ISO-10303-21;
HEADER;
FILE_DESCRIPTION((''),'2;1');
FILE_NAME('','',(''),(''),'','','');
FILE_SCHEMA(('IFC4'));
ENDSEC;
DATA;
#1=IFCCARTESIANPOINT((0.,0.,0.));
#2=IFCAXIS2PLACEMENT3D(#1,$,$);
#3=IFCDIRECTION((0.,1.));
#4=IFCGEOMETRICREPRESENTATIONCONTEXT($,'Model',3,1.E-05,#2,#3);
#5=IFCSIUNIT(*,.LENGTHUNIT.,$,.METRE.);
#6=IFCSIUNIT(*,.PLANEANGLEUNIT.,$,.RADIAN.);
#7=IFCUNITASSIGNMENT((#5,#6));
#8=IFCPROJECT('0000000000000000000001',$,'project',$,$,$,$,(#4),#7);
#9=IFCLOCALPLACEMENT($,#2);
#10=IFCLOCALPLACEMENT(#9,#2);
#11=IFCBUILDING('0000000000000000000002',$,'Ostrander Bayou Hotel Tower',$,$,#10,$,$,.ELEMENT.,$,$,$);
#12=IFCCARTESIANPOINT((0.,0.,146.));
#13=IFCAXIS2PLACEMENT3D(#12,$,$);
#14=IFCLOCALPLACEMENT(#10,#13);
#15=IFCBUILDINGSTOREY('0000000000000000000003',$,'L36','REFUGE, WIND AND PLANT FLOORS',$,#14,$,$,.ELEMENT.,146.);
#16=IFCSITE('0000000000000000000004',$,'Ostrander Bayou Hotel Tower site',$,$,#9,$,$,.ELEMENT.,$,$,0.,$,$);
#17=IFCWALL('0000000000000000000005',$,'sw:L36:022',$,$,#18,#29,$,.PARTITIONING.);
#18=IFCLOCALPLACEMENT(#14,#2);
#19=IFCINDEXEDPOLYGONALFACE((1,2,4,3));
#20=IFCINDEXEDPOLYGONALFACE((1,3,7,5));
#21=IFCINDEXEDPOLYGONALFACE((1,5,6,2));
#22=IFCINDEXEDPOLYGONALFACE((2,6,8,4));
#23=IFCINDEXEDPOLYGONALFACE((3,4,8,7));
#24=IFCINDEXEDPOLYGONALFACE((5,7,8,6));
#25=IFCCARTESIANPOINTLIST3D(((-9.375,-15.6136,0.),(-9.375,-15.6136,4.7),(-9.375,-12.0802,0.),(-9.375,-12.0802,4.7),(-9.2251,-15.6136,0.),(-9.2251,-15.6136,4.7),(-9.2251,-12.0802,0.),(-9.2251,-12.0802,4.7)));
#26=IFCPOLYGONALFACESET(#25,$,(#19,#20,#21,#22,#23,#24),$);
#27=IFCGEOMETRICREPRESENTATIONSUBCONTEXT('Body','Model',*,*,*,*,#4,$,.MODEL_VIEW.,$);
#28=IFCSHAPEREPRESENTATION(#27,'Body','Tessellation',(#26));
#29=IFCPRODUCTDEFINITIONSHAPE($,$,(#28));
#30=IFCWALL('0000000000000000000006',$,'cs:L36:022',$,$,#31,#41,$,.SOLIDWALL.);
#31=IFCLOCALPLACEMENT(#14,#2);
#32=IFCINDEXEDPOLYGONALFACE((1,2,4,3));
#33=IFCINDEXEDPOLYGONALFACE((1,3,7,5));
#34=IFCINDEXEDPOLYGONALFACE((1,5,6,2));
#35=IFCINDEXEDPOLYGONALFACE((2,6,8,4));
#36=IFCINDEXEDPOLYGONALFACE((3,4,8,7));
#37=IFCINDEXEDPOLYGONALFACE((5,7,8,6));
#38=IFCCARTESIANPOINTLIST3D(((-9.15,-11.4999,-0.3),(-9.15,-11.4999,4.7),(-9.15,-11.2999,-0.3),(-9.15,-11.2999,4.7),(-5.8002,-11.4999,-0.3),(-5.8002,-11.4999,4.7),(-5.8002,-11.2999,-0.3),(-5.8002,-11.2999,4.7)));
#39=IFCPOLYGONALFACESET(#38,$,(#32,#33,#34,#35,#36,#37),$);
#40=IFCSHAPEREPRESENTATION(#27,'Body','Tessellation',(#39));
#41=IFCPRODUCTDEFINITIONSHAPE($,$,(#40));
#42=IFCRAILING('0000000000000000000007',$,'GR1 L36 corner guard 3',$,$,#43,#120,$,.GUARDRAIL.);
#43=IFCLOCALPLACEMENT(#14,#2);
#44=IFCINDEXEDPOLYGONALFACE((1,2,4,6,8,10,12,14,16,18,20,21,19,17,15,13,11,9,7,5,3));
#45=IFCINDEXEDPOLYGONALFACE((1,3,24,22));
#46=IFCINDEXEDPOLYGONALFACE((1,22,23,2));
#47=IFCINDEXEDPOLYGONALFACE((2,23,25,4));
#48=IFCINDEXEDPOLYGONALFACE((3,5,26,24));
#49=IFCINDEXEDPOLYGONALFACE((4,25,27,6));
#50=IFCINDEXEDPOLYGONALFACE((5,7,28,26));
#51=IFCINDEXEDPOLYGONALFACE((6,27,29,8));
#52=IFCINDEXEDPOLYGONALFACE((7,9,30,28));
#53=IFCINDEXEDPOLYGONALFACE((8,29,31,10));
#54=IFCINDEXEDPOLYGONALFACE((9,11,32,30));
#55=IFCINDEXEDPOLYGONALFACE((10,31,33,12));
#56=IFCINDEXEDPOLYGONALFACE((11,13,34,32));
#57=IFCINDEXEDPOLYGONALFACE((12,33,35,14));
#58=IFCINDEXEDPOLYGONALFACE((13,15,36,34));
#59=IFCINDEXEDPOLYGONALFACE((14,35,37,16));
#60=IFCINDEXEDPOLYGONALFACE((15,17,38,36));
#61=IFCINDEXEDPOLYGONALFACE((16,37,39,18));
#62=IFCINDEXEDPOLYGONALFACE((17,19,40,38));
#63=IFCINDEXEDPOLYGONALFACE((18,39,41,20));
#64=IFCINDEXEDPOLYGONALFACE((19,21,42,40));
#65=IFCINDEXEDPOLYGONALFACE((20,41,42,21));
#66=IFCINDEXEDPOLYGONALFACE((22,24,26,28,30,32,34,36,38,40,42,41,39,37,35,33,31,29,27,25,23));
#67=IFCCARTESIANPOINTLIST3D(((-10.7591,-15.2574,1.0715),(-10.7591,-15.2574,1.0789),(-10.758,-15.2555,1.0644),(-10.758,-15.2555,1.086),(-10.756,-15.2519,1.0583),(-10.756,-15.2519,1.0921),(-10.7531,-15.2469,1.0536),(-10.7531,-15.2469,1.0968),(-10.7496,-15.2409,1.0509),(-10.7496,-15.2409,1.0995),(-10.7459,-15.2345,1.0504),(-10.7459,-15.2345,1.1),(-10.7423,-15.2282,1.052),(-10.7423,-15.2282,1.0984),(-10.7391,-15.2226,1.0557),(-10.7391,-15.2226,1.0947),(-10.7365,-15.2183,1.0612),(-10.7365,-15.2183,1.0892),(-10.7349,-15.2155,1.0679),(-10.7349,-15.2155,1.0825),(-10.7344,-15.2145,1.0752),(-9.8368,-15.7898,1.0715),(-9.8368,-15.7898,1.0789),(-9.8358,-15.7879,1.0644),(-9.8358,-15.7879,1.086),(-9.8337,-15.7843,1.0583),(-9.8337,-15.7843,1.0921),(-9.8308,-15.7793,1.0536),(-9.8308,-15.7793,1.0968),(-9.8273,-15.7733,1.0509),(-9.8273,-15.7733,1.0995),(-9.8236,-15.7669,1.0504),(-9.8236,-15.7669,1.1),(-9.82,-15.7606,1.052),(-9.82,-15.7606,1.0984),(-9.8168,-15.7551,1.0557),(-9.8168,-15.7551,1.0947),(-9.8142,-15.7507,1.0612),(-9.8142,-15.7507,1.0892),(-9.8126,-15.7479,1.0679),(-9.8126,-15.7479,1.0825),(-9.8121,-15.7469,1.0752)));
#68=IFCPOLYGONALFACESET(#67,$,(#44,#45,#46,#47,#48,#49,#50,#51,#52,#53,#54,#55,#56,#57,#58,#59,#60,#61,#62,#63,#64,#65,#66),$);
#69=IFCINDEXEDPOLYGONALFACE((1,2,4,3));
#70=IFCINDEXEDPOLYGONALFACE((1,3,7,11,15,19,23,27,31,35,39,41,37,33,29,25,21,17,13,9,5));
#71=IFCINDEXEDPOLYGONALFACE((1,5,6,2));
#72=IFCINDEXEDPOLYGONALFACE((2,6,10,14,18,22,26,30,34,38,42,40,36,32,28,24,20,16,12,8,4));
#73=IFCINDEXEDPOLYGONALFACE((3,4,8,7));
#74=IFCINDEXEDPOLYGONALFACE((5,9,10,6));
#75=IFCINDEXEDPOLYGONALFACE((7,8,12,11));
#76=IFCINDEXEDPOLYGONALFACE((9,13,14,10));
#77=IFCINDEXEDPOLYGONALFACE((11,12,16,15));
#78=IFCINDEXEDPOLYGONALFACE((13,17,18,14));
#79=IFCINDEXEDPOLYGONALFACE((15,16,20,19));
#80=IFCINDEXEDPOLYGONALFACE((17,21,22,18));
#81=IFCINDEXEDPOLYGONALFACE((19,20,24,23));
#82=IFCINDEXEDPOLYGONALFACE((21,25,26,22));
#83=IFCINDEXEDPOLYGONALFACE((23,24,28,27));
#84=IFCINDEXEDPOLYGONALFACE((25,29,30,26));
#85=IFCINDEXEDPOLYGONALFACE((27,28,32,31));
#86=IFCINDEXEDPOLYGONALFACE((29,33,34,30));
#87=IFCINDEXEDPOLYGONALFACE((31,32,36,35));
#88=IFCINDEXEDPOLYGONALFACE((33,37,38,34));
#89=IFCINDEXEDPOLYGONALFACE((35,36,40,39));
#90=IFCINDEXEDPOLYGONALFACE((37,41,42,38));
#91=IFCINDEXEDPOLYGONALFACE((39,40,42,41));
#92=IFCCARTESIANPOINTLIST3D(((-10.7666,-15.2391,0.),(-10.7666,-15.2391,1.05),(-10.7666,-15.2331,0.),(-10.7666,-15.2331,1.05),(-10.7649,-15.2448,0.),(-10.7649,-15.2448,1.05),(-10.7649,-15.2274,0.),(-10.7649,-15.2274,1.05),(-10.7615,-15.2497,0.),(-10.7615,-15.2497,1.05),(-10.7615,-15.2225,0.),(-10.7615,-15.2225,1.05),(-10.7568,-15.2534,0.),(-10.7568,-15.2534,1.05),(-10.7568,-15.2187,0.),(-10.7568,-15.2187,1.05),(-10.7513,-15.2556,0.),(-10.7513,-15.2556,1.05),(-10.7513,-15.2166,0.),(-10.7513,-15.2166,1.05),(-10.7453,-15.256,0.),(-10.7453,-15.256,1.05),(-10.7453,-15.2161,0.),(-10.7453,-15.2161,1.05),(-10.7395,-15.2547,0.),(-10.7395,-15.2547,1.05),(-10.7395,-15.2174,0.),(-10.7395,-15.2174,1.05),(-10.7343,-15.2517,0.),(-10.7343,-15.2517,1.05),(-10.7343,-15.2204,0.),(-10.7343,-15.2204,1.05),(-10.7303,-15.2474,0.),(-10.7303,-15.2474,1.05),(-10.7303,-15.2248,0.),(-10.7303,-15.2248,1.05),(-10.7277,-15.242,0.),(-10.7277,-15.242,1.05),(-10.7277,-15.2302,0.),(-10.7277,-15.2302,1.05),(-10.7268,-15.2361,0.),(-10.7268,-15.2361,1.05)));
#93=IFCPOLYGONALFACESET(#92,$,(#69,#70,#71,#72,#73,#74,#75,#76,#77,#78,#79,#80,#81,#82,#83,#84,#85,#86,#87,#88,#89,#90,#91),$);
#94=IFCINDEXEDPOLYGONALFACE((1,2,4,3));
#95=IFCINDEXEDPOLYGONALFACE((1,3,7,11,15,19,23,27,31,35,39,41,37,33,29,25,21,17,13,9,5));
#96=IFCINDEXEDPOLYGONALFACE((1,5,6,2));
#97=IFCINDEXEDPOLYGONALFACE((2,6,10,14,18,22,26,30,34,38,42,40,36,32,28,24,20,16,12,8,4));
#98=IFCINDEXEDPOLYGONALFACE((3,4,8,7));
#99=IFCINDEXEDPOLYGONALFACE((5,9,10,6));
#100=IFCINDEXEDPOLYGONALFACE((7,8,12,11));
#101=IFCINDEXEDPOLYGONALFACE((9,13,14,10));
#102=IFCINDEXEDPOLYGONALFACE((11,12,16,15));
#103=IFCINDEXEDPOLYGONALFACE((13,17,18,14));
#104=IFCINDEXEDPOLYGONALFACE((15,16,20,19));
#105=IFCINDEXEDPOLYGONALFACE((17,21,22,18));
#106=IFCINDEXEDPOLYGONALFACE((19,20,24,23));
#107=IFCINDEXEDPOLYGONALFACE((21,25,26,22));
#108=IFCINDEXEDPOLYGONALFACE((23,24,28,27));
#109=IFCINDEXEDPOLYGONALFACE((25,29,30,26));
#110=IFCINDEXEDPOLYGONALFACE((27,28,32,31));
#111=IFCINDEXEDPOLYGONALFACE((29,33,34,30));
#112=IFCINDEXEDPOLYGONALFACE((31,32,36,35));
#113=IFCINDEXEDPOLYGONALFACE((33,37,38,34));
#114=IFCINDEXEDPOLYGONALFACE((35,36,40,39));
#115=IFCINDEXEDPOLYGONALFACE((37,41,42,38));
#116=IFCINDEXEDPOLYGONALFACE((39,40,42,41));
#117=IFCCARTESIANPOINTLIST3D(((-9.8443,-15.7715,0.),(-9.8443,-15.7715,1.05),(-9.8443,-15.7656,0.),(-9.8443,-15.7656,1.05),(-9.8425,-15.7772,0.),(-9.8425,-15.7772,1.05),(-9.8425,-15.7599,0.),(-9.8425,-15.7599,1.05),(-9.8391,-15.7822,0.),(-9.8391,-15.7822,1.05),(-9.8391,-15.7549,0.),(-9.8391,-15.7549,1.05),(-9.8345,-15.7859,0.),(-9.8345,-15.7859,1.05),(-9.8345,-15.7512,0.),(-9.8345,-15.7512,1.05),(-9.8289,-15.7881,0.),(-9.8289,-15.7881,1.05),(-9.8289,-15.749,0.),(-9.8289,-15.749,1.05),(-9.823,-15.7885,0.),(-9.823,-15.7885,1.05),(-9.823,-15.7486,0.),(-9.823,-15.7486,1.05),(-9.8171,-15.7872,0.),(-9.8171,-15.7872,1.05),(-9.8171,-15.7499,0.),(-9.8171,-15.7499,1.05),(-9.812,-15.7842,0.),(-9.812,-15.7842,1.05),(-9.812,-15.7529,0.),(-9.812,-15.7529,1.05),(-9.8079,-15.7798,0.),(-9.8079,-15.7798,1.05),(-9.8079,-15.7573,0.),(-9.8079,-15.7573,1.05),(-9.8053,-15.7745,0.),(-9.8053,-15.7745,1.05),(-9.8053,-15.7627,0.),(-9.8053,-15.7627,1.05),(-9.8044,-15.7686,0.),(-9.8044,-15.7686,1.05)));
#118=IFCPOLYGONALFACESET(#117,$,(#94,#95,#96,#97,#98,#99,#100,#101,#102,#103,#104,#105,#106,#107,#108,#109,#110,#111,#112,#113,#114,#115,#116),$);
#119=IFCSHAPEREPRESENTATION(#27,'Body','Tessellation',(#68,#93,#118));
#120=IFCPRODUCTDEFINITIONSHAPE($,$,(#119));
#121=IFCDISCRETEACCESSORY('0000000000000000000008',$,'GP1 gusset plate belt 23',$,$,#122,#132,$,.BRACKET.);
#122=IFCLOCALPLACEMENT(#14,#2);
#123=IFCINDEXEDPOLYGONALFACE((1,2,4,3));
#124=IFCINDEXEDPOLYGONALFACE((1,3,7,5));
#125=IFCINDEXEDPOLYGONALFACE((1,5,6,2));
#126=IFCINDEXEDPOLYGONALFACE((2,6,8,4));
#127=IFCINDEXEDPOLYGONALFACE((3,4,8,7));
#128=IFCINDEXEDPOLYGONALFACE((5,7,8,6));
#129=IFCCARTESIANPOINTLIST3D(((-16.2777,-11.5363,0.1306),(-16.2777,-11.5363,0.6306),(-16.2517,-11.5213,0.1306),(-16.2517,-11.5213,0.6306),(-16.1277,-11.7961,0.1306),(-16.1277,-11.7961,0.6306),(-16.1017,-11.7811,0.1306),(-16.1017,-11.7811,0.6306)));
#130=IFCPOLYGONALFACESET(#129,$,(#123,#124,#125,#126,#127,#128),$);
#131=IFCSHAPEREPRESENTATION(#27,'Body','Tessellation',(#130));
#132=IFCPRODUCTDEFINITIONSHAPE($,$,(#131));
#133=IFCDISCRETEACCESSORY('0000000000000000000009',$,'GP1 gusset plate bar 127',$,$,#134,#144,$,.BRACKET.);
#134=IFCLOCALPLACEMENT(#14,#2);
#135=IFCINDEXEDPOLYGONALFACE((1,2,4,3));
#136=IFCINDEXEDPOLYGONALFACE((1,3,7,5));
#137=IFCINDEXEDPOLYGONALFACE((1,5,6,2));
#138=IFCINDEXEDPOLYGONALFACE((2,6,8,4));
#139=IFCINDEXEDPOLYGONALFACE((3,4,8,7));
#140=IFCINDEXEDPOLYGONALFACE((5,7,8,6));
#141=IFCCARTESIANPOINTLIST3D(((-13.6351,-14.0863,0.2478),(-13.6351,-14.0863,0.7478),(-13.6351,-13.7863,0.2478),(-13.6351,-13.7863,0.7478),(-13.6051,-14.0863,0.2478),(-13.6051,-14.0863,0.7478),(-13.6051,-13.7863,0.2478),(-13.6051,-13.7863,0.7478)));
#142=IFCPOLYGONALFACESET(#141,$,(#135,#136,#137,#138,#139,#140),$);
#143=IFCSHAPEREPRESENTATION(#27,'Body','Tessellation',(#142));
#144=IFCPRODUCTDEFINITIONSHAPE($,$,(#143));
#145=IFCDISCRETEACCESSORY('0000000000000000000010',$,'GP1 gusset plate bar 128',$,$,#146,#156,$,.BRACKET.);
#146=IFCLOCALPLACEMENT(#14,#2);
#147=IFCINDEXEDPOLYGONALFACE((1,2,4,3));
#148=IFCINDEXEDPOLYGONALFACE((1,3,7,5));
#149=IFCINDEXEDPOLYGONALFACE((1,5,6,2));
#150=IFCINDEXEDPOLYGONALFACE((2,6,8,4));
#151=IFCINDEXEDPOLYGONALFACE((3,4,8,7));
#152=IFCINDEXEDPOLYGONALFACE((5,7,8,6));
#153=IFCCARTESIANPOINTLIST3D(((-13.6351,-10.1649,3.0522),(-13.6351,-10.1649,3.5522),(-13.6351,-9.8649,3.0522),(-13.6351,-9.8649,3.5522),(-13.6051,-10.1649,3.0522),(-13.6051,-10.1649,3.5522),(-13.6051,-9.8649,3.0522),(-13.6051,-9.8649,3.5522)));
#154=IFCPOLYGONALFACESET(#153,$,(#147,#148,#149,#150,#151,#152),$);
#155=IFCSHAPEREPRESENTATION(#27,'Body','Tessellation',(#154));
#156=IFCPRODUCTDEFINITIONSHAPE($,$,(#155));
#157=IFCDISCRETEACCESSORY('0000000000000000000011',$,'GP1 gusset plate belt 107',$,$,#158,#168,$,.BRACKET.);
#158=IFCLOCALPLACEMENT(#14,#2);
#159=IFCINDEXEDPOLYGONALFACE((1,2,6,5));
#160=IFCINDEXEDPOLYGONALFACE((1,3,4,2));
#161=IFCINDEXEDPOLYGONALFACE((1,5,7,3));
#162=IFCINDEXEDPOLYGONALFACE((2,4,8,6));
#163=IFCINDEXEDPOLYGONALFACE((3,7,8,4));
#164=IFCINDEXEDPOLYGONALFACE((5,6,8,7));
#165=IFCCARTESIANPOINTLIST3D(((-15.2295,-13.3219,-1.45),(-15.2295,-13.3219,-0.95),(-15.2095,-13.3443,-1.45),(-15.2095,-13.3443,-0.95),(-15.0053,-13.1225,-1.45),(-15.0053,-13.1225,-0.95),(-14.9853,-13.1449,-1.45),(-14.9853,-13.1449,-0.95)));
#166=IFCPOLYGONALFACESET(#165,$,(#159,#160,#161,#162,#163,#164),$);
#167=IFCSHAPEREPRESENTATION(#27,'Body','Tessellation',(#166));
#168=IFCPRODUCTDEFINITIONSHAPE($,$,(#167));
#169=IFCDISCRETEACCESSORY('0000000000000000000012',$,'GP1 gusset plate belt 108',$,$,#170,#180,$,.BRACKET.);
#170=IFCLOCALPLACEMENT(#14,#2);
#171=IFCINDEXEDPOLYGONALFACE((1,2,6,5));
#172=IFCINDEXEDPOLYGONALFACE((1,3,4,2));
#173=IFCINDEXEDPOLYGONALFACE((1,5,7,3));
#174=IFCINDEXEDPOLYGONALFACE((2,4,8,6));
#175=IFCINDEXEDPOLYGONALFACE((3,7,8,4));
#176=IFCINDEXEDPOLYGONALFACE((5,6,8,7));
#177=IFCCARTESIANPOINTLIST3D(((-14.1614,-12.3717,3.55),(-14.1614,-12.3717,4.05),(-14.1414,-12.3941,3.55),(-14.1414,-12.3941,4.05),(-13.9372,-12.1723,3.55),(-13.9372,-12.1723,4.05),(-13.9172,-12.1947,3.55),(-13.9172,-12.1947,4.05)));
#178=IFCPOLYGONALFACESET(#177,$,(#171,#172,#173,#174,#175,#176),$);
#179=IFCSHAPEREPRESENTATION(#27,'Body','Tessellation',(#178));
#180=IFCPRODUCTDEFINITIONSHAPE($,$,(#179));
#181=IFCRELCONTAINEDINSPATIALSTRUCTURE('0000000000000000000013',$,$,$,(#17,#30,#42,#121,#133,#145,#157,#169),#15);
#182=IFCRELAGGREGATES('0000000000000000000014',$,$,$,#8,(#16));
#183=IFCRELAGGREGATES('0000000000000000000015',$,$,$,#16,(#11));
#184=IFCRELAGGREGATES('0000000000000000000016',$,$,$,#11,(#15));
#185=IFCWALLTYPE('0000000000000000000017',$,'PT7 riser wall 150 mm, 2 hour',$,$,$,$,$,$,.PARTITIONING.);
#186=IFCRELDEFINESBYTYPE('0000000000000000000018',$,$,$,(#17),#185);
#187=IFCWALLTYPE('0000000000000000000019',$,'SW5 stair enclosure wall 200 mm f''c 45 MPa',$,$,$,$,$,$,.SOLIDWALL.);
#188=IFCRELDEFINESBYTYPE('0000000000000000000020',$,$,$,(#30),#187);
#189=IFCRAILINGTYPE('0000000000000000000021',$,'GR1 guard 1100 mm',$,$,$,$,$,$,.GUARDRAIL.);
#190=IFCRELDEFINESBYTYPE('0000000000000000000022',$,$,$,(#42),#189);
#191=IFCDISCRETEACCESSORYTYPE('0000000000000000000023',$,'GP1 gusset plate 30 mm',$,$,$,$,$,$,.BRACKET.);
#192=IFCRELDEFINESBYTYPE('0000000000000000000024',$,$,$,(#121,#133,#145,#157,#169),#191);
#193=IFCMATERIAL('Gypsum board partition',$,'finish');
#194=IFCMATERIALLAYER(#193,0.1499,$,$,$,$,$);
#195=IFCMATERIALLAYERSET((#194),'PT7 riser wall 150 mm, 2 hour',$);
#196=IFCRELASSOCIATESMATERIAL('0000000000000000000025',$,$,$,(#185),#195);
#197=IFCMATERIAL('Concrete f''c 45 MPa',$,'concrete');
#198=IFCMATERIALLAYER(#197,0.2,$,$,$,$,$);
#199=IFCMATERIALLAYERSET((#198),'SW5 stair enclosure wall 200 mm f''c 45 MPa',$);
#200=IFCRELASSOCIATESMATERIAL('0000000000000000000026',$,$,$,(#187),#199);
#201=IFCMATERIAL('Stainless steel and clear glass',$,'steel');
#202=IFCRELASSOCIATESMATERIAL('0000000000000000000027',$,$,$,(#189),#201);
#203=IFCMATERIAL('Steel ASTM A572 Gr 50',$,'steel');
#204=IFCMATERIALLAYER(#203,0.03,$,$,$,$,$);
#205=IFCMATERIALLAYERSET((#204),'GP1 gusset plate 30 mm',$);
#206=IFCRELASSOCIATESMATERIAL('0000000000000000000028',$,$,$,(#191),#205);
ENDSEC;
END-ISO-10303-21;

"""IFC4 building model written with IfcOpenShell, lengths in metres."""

from ifc_helpers import new_model, si_unit, direction, frame, frame_2d, origin, origin_2d, place, context, subcontext, project, spatial, rectangle, circle, extrude, material, layer, layer_set, type_object, element, save


model = new_model("IFC4")

# Units and contexts
model_context = context("Model", 3, precision=1e-05, world=origin(), true_north=direction((0.0, 1.0)))
body_context = subcontext(model_context, "Body", "Model", "MODEL_VIEW")
ifc_project = project(units=[si_unit("LENGTHUNIT", "METRE"), si_unit("PLANEANGLEUNIT", "RADIAN")], contexts=[model_context])

# Site, building, storey
site_placement = place(None, origin())
site = spatial("IfcSite", under=ifc_project, at=site_placement, Name="Ostrander Bayou Hotel Tower site", CompositionType="ELEMENT", RefElevation=0.0)
building_placement = place(site_placement, origin())
building = spatial("IfcBuilding", under=site, at=building_placement, Name="Ostrander Bayou Hotel Tower", CompositionType="ELEMENT")
storey_placement = place(building_placement, frame((0.0, 0.0, 146.0)))
storey = spatial("IfcBuildingStorey", under=building, at=storey_placement, Name="L36", Description="REFUGE, WIND AND PLANT FLOORS", CompositionType="ELEMENT", Elevation=146.0)

# Shared definitions
ifc_material_1 = material(Name="Gypsum board partition", Category="finish")
ifc_layer_1 = layer(ifc_material_1, 0.1499)
ifc_layer_set_1 = layer_set([ifc_layer_1], Name="PT7 riser wall 150 mm, 2 hour")
wall_type_1 = type_object("IfcWallType", Name="PT7 riser wall 150 mm, 2 hour", PredefinedType="PARTITIONING", material=ifc_layer_set_1)

# Wall
wall_1_placement = place(storey_placement, frame((-9.3, -15.6135, 0.0), z_axis=(0.0, 0.0, 1.0), x_axis=(0.0, 1.0, 0.0)))
element("IfcWall", 1, at=wall_1_placement, inside=storey, type_object=wall_type_1, Name="sw:L36:022", PredefinedType="PARTITIONING", context=body_context, shape_type="SweptSolid", body=[
    extrude(rectangle(XDim=3.5334, YDim=0.1499, at=frame_2d((1.7666, 0.0))), origin(), (0.0, 0.0, 1.0), 4.7),
])

# Wall
ifc_material_2 = material(Name="Concrete f'c 45 MPa", Category="concrete")
ifc_layer_2 = layer(ifc_material_2, 0.2)
ifc_layer_set_2 = layer_set([ifc_layer_2], Name="SW5 stair enclosure wall 200 mm f'c 45 MPa")
wall_type_2 = type_object("IfcWallType", Name="SW5 stair enclosure wall 200 mm f'c 45 MPa", PredefinedType="SOLIDWALL", material=ifc_layer_set_2)
wall_2_placement = place(storey_placement, frame((-9.1499, -11.3999, -0.3), z_axis=(0.0, 0.0, 1.0), x_axis=(1.0, 0.0, 0.0)))
element("IfcWall", 2, at=wall_2_placement, inside=storey, type_object=wall_type_2, Name="cs:L36:022", PredefinedType="SOLIDWALL", context=body_context, shape_type="SweptSolid", body=[
    extrude(rectangle(XDim=3.3499, YDim=0.2, at=frame_2d((1.6748, 0.0))), origin(), (0.0, 0.0, 1.0), 5.0),
])

# Railing
ifc_material_3 = material(Name="Stainless steel and clear glass", Category="steel")
railing_type = type_object("IfcRailingType", Name="GR1 guard 1100 mm", PredefinedType="GUARDRAIL", material=ifc_material_3)
railing_1_placement = place(storey_placement, frame((-10.7468, -15.2361, 0.0)))
element("IfcRailing", 3, at=railing_1_placement, inside=storey, type_object=railing_type, Name="GR1 L36 corner guard 3", PredefinedType="GUARDRAIL", context=body_context, shape_type="SweptSolid", body=[
    extrude(circle(Radius=0.0249, at=origin_2d()), frame((0.0, 0.0, 1.0752), z_axis=(0.866048, -0.499961, 0.0), x_axis=(0.499961, 0.866048, 0.0)), (0.0, 0.0, 1.0), 1.0649),
    extrude(circle(Radius=0.02, at=origin_2d()), origin(), (0.0, 0.0, 1.0), 1.05),
    extrude(circle(Radius=0.02, at=origin_2d()), frame((0.9224, -0.5325, 0.0)), (0.0, 0.0, 1.0), 1.05),
])

# Discrete accessories
ifc_material_4 = material(Name="Steel ASTM A572 Gr 50", Category="steel")
ifc_layer_3 = layer(ifc_material_4, 0.03)
ifc_layer_set_3 = layer_set([ifc_layer_3], Name="GP1 gusset plate 30 mm")
discrete_accessory_type = type_object("IfcDiscreteAccessoryType", Name="GP1 gusset plate 30 mm", PredefinedType="BRACKET", material=ifc_layer_set_3)
for number, where, z_axis, x_axis, name in (
    (4, (-16.1897, -11.6587, 0.1306), (0.0, 0.0, 1.0), (-0.5, 0.866025, 0.0), "GP1 gusset plate belt 23"),
    (5, (-13.6201, -13.9363, 0.2478), (0.0, 0.0, 1.0), (0.0, 1.0, 0.0), "GP1 gusset plate bar 127"),
    (6, (-13.6201, -10.0149, 3.0522), (0.0, 0.0, 1.0), (0.0, 1.0, 0.0), "GP1 gusset plate bar 128"),
    (7, (-15.1074, -13.2334, -1.45), (0.0, 0.0, 1.0), (0.747207, 0.664592, 0.0), "GP1 gusset plate belt 107"),
    (8, (-14.0393, -12.2832, 3.55), (0.0, 0.0, 1.0), (0.747207, 0.664592, 0.0), "GP1 gusset plate belt 108"),
):
    element("IfcDiscreteAccessory", number, at=place(storey_placement, frame(where, z_axis=z_axis, x_axis=x_axis)), inside=storey, type_object=discrete_accessory_type, Name=name, PredefinedType="BRACKET", context=body_context, shape_type="SweptSolid", body=[
        extrude(rectangle(XDim=0.3, YDim=0.03, at=origin_2d()), origin(), (0.0, 0.0, 1.0), 0.5),
    ])

save(model, "model.ifc")
